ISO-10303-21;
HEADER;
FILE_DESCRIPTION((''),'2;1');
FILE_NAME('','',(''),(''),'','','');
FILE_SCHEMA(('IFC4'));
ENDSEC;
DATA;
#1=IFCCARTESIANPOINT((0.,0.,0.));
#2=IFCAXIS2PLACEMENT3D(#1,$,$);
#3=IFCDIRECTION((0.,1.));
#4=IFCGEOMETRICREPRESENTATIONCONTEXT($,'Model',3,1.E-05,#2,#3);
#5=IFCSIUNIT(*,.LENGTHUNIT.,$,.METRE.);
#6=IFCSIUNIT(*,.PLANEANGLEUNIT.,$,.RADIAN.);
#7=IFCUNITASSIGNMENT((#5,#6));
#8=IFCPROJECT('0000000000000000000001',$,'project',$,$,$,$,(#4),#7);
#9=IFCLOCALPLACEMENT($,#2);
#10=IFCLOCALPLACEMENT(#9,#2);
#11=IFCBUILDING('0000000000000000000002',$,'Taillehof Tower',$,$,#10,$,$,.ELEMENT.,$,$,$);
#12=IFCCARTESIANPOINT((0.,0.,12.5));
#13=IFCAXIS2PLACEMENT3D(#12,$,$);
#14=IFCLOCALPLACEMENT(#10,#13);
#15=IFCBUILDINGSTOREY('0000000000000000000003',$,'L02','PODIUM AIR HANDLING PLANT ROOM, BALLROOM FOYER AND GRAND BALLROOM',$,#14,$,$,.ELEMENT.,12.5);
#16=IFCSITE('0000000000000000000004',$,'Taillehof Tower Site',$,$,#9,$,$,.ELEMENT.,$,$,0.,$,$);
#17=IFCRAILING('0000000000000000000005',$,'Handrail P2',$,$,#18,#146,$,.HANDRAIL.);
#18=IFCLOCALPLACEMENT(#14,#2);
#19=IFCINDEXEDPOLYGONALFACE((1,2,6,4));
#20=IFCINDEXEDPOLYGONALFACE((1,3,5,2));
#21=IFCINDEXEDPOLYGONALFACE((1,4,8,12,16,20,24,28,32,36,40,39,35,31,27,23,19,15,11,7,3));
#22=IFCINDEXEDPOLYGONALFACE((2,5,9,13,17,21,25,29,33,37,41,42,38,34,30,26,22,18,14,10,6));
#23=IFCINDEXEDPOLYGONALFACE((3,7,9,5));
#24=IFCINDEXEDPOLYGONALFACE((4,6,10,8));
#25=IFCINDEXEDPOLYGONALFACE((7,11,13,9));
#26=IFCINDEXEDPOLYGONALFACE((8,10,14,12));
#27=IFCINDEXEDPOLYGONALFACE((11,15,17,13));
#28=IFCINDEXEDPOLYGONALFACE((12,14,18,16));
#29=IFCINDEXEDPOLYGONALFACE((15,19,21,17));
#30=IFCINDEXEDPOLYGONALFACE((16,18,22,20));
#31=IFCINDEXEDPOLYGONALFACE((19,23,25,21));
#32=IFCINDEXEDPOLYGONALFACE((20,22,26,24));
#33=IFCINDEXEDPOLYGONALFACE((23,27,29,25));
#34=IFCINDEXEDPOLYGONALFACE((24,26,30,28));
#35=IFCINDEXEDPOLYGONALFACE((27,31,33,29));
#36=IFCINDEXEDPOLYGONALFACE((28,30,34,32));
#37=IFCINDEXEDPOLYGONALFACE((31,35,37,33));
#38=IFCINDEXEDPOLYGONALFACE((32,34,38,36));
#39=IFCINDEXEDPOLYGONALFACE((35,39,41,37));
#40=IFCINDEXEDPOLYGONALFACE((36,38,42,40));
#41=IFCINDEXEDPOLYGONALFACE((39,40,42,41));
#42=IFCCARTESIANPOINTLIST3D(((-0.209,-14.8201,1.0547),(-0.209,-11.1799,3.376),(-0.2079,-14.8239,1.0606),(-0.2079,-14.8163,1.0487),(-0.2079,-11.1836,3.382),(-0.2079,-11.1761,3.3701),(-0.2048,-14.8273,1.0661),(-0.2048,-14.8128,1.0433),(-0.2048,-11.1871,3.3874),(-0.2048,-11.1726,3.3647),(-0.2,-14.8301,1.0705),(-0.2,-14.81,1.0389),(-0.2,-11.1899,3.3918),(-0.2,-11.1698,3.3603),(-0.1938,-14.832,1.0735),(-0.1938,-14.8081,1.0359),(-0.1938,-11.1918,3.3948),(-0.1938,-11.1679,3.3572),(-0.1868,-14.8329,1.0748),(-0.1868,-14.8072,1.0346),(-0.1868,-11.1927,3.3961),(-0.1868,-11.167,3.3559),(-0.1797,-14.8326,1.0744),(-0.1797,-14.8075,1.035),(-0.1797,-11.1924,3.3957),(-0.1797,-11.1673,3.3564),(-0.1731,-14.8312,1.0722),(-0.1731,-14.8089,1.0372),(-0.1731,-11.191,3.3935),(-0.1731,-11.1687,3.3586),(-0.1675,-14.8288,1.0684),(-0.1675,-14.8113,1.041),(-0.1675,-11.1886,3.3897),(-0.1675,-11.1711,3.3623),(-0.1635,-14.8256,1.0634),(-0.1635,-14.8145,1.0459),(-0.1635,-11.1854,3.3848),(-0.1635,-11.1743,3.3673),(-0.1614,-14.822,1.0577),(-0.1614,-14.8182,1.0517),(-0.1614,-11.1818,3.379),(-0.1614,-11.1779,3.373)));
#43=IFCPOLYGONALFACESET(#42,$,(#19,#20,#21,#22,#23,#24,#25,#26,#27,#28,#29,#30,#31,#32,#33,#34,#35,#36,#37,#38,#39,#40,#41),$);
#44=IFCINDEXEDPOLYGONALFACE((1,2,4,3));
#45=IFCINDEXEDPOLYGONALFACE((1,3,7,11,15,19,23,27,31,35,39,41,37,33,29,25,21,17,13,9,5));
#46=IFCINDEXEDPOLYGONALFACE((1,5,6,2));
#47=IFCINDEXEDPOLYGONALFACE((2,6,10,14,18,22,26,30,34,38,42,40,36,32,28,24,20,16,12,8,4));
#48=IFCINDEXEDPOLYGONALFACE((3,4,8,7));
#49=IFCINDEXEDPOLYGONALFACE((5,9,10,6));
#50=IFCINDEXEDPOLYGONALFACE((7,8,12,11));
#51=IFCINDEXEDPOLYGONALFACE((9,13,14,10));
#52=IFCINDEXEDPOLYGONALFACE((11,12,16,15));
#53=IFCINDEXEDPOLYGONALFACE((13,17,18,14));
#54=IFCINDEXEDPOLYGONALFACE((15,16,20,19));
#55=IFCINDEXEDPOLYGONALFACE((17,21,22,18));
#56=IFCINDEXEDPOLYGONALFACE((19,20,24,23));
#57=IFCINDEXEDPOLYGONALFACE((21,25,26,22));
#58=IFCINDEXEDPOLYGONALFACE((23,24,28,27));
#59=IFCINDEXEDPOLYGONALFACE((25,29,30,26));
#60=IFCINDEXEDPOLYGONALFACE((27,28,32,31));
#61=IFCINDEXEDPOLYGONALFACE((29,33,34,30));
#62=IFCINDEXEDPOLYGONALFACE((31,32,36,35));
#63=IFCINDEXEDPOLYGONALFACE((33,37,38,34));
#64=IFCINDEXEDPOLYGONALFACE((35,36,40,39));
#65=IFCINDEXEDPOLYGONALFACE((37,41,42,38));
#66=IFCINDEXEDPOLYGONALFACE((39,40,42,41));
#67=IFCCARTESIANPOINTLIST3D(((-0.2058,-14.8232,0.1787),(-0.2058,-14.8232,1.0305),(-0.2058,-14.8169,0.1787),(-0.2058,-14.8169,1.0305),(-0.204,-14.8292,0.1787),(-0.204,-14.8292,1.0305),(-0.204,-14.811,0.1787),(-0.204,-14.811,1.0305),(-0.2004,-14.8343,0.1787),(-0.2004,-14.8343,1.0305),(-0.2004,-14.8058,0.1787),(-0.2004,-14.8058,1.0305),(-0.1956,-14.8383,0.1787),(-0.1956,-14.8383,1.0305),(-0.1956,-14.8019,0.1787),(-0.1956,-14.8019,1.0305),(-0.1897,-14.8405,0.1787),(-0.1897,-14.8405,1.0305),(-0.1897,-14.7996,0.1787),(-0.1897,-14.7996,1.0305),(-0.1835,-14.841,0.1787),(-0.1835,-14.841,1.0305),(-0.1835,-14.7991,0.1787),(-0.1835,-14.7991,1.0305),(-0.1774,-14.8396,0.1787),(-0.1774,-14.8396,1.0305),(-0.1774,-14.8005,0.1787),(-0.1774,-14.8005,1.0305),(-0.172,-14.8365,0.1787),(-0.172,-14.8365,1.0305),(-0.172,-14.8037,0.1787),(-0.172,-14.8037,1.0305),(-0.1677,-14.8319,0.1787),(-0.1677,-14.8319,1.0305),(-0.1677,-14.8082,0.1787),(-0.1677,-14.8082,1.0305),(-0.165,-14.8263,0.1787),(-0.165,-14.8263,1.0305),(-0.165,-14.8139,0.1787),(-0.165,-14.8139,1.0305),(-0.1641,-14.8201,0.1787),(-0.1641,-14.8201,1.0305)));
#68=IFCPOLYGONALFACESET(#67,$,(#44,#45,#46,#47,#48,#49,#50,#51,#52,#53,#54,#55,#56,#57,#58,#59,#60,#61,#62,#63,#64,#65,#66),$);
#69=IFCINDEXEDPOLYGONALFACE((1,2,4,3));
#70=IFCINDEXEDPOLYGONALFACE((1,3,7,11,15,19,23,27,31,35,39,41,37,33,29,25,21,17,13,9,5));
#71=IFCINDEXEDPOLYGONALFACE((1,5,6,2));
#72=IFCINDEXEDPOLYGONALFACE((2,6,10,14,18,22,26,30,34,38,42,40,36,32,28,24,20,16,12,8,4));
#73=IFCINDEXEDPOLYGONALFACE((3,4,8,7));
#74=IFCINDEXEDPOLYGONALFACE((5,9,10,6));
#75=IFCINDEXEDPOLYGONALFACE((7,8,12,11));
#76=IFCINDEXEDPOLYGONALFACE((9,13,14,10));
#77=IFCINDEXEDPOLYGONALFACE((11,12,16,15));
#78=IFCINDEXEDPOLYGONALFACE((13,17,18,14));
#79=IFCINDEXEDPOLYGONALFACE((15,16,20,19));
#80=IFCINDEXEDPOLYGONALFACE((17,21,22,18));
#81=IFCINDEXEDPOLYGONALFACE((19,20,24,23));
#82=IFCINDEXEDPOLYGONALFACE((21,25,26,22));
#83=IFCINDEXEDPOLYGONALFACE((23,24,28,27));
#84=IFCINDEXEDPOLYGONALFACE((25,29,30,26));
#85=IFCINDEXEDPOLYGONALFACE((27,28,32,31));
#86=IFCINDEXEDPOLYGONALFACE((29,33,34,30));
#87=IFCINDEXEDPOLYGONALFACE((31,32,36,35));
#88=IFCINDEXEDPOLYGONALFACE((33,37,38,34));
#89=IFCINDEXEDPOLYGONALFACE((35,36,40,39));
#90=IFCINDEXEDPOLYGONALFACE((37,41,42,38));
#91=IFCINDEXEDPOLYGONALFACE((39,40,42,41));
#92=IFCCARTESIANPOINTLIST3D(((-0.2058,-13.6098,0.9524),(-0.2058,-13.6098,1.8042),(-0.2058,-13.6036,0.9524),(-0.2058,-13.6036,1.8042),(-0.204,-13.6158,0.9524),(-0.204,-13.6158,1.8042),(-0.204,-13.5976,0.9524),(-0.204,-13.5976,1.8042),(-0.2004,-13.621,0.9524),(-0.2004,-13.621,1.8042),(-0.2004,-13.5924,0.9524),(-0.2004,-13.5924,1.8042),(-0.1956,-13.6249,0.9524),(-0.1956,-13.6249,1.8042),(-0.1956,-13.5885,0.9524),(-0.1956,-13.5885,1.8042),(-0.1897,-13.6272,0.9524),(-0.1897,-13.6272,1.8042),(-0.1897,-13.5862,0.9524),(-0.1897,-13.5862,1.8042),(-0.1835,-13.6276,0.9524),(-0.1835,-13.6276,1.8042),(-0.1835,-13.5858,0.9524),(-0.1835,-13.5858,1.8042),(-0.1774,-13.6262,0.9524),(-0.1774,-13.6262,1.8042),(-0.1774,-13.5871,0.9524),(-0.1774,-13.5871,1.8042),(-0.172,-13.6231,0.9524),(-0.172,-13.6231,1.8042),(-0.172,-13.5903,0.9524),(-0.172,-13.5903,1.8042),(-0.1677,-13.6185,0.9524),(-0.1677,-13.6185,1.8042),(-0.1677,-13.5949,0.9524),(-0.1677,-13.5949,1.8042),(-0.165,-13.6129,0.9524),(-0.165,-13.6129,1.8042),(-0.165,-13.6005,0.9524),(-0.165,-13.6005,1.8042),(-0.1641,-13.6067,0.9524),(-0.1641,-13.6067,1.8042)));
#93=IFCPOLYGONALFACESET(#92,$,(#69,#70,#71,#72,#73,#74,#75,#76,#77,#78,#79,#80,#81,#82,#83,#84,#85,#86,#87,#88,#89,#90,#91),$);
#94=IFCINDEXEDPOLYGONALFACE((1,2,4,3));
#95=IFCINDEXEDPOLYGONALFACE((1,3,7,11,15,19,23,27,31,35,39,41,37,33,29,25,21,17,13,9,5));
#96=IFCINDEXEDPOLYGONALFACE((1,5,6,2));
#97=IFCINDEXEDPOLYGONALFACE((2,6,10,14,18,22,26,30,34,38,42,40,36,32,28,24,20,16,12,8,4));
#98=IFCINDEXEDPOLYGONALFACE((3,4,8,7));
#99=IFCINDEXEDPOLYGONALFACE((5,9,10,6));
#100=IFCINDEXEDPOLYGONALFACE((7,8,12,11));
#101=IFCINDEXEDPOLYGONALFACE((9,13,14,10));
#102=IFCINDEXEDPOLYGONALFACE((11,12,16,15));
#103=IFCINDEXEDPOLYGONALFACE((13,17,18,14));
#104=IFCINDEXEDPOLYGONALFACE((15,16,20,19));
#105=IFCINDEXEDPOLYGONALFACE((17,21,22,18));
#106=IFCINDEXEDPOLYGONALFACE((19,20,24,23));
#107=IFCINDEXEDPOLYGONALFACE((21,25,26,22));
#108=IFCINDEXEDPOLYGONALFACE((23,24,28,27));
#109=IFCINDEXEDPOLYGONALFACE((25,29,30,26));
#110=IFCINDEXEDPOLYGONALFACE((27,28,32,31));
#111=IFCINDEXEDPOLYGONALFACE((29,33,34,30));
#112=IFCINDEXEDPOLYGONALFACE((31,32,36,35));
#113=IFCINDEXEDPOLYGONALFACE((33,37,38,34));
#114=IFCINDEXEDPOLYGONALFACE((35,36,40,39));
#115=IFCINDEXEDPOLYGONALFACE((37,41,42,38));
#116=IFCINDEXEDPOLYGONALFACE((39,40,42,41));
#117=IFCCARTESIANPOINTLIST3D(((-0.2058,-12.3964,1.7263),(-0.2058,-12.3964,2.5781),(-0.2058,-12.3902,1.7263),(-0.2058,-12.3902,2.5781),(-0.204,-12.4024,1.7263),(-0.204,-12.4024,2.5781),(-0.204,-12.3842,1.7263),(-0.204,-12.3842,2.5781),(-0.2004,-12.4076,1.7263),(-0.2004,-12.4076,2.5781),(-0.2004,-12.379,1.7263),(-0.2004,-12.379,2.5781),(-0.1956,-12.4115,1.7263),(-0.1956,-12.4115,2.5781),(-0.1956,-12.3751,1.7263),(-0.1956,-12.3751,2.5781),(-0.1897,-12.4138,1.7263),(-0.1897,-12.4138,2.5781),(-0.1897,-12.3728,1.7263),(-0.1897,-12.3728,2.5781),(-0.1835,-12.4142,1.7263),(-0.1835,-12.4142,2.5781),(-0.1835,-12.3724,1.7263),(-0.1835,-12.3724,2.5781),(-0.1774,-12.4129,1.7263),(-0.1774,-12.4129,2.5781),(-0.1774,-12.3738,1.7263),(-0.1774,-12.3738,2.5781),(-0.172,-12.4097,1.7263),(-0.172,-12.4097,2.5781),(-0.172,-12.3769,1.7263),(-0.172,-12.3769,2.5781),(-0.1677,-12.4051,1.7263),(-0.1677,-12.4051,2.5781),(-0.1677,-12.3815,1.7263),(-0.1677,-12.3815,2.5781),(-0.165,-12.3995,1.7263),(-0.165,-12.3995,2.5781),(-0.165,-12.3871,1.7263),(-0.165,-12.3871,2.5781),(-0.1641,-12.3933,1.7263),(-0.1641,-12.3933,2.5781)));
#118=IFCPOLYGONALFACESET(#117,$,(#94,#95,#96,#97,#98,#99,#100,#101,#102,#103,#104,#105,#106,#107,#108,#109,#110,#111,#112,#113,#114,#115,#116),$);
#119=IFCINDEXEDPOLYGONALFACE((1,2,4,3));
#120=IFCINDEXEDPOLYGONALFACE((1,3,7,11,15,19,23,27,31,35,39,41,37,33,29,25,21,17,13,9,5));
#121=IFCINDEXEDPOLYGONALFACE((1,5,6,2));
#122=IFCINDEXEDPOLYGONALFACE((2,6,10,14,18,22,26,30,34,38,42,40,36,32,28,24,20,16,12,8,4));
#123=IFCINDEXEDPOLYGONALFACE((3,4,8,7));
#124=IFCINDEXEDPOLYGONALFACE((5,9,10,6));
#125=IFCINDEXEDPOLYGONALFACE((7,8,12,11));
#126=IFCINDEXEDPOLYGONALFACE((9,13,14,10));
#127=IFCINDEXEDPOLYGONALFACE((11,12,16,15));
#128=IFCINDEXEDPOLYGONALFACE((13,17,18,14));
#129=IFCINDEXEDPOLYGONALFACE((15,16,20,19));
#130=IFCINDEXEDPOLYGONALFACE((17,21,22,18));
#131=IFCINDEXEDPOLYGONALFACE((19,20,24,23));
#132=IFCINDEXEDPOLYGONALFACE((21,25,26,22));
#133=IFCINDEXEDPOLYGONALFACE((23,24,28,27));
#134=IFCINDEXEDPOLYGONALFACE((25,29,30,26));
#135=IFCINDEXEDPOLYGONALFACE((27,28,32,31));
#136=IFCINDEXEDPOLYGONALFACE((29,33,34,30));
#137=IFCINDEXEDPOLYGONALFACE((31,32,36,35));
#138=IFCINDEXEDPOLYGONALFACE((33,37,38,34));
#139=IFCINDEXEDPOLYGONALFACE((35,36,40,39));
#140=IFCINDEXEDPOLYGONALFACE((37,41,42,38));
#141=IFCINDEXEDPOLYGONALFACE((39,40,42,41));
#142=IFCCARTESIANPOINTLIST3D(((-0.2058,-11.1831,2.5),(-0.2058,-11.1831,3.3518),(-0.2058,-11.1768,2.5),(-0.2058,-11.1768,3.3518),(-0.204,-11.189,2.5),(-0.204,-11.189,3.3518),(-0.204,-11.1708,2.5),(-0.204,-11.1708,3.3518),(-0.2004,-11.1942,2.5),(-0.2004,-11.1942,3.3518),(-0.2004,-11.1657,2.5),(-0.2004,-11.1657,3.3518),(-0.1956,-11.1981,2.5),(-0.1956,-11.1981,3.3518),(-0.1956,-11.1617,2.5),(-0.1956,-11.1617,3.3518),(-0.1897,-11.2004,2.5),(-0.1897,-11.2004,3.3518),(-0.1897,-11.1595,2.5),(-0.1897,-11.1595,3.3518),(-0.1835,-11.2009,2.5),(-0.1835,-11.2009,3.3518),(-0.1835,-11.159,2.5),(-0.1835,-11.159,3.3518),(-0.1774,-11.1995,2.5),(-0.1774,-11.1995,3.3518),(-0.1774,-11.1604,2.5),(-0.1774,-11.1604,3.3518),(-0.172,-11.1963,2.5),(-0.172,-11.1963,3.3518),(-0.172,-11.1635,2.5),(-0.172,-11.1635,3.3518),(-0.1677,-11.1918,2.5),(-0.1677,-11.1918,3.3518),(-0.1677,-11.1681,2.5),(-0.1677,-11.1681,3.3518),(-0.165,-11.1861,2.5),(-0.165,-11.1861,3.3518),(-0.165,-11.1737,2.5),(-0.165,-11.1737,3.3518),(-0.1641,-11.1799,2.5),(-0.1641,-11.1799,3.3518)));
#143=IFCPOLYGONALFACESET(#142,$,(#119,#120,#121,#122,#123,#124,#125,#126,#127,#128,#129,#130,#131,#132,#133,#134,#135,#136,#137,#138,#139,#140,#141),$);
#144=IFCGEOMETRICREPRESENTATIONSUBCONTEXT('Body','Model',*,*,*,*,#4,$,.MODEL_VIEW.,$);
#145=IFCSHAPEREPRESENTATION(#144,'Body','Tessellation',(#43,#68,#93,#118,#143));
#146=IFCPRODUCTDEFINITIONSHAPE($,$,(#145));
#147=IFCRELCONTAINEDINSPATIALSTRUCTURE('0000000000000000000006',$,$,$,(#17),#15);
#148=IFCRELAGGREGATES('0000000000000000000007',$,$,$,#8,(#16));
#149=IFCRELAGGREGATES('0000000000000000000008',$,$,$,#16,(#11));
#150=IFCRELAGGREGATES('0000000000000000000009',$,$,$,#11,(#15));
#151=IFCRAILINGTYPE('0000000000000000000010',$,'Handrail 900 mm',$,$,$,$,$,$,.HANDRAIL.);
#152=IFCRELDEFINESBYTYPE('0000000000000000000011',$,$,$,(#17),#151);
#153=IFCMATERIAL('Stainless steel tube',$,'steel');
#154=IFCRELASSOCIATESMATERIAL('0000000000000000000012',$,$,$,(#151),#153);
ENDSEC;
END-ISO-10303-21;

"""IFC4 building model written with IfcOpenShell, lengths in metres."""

from ifc_helpers import new_model, si_unit, direction, frame, origin, origin_2d, place, context, subcontext, project, spatial, circle, extrude, material, type_object, element, save


model = new_model("IFC4")

# Units and contexts
model_context = context("Model", 3, precision=1e-05, world=origin(), true_north=direction((0.0, 1.0)))
body_context = subcontext(model_context, "Body", "Model", "MODEL_VIEW")
ifc_project = project(units=[si_unit("LENGTHUNIT", "METRE"), si_unit("PLANEANGLEUNIT", "RADIAN")], contexts=[model_context])

# Site, building, storey
site_placement = place(None, origin())
site = spatial("IfcSite", under=ifc_project, at=site_placement, Name="Taillehof Tower Site", CompositionType="ELEMENT", RefElevation=0.0)
building_placement = place(site_placement, origin())
building = spatial("IfcBuilding", under=site, at=building_placement, Name="Taillehof Tower", CompositionType="ELEMENT")
storey_placement = place(building_placement, frame((0.0, 0.0, 12.5)))
storey = spatial("IfcBuildingStorey", under=building, at=storey_placement, Name="L02", Description="PODIUM AIR HANDLING PLANT ROOM, BALLROOM FOYER AND GRAND BALLROOM", CompositionType="ELEMENT", Elevation=12.5)

# Railing
ifc_material_1 = material(Name="Stainless steel tube", Category="steel")
railing_type_1 = type_object("IfcRailingType", Name="Handrail 900 mm", PredefinedType="HANDRAIL", material=ifc_material_1)
for number, where, name in (
    (1, (-0.1851, -14.8201, 0.1787), "Handrail P2"),
):
    element("IfcRailing", number, at=place(storey_placement, frame(where)), inside=storey, type_object=railing_type_1, Name=name, PredefinedType="HANDRAIL", context=body_context, shape_type="SweptSolid", body=[
        extrude(circle(Radius=0.0239, at=origin_2d()), frame((0.0, 0.0, 0.876), z_axis=(0.0, 0.843153, 0.537673), x_axis=(-1.0, 0.0, 0.0)), (0.0, 0.0, 1.0), 4.3174),
        extrude(circle(Radius=0.021, at=origin_2d()), origin(), (0.0, 0.0, 1.0), 0.8518),
        extrude(circle(Radius=0.021, at=origin_2d()), frame((0.0, 1.2134, 0.7737)), (0.0, 0.0, 1.0), 0.8518),
        extrude(circle(Radius=0.021, at=origin_2d()), frame((0.0, 2.4268, 1.5476)), (0.0, 0.0, 1.0), 0.8518),
        extrude(circle(Radius=0.021, at=origin_2d()), frame((0.0, 3.6401, 2.3213)), (0.0, 0.0, 1.0), 0.8518),
    ])

save(model, "model.ifc")
